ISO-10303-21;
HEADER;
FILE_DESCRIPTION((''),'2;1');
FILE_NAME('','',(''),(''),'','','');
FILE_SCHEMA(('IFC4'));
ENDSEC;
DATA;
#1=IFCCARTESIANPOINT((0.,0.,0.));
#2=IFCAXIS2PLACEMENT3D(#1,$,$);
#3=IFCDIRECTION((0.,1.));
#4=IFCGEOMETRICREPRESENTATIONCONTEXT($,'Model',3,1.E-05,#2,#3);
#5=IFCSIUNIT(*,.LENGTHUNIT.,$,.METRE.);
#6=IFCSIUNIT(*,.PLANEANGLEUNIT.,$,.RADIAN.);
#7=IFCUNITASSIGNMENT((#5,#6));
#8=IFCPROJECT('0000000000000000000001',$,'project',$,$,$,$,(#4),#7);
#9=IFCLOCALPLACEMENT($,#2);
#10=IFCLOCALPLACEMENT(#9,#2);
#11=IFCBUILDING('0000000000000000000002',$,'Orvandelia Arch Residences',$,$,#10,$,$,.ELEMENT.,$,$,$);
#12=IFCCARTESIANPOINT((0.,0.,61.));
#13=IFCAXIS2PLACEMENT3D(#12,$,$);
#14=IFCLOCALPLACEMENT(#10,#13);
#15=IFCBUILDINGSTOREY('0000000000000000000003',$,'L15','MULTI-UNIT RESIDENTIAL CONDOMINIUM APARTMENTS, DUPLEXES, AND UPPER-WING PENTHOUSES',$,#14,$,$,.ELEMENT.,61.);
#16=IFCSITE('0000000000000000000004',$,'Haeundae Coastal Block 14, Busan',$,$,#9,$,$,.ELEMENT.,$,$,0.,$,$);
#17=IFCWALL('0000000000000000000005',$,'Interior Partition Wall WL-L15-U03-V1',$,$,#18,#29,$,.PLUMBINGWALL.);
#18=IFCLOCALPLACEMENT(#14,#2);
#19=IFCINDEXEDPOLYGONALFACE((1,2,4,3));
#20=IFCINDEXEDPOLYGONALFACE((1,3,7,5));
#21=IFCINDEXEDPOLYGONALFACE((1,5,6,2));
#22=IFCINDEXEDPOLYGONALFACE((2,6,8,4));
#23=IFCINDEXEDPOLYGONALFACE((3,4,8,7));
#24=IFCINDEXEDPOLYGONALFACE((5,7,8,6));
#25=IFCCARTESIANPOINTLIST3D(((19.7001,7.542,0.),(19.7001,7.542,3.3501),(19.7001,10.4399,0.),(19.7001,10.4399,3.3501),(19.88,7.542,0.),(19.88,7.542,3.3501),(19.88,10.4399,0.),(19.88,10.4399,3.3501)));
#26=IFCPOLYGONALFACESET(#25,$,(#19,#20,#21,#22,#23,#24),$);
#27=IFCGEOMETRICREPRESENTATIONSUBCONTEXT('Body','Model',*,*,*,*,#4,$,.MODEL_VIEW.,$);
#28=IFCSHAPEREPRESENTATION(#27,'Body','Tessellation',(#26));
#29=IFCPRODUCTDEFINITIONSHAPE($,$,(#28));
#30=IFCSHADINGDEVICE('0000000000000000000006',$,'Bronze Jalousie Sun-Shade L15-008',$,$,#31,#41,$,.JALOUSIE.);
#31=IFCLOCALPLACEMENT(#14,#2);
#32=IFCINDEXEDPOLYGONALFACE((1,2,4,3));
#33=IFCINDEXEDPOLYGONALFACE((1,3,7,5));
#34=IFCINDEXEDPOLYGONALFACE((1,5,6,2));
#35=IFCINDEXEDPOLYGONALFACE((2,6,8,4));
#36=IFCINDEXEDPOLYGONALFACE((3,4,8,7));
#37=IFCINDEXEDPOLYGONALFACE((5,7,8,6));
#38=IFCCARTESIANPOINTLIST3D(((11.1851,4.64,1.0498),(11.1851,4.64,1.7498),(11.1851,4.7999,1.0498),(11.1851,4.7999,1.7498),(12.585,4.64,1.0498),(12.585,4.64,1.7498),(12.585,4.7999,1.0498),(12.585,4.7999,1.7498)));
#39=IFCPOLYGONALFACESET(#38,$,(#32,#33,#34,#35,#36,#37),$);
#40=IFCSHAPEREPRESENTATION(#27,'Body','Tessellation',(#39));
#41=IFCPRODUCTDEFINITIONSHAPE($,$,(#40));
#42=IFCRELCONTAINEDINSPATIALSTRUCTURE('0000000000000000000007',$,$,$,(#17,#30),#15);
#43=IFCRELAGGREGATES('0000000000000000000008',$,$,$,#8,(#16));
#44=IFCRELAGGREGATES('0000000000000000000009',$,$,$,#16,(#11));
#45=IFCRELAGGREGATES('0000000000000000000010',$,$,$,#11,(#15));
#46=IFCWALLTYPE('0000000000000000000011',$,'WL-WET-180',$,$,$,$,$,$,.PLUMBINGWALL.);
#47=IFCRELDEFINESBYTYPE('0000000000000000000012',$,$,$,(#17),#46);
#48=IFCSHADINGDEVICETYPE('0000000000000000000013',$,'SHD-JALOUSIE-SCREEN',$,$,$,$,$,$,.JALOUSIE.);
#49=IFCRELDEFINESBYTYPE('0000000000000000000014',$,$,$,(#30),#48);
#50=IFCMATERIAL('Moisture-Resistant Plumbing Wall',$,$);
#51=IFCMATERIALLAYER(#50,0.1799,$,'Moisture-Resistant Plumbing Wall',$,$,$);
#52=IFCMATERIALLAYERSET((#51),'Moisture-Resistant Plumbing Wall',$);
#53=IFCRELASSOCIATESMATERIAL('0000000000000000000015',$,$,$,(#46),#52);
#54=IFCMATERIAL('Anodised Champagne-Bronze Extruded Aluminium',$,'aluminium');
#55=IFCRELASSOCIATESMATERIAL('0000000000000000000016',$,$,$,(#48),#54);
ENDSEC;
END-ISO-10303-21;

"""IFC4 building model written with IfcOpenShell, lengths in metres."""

from ifc_helpers import new_model, si_unit, direction, frame, frame_2d, origin, origin_2d, place, context, subcontext, project, spatial, rectangle, extrude, material, layer, layer_set, type_object, element, save


model = new_model("IFC4")

# Units and contexts
model_context = context("Model", 3, precision=1e-05, world=origin(), true_north=direction((0.0, 1.0)))
body_context = subcontext(model_context, "Body", "Model", "MODEL_VIEW")
ifc_project = project(units=[si_unit("LENGTHUNIT", "METRE"), si_unit("PLANEANGLEUNIT", "RADIAN")], contexts=[model_context])

# Site, building, storey
site_placement = place(None, origin())
site = spatial("IfcSite", under=ifc_project, at=site_placement, Name="Haeundae Coastal Block 14, Busan", CompositionType="ELEMENT", RefElevation=0.0)
building_placement = place(site_placement, origin())
building = spatial("IfcBuilding", under=site, at=building_placement, Name="Orvandelia Arch Residences", CompositionType="ELEMENT")
storey_placement = place(building_placement, frame((0.0, 0.0, 61.0)))
storey = spatial("IfcBuildingStorey", under=building, at=storey_placement, Name="L15", Description="MULTI-UNIT RESIDENTIAL CONDOMINIUM APARTMENTS, DUPLEXES, AND UPPER-WING PENTHOUSES", CompositionType="ELEMENT", Elevation=61.0)

# Shared definitions
ifc_material_1 = material(Name="Moisture-Resistant Plumbing Wall")
ifc_layer_1 = layer(ifc_material_1, 0.1799, Name="Moisture-Resistant Plumbing Wall")
ifc_layer_set_1 = layer_set([ifc_layer_1], Name="Moisture-Resistant Plumbing Wall")
wall_type_1 = type_object("IfcWallType", Name="WL-WET-180", PredefinedType="PLUMBINGWALL", material=ifc_layer_set_1)

# Wall
wall_1_placement = place(storey_placement, frame((19.79, 7.542, 0.0), z_axis=(0.0, 0.0, 1.0), x_axis=(0.0, 1.0, 0.0)))
element("IfcWall", 1, at=wall_1_placement, inside=storey, type_object=wall_type_1, Name="Interior Partition Wall WL-L15-U03-V1", PredefinedType="PLUMBINGWALL", context=body_context, shape_type="SweptSolid", body=[
    extrude(rectangle(XDim=2.8979, YDim=0.1799, at=frame_2d((1.449, 0.0))), origin(), (0.0, 0.0, 1.0), 3.3501),
])

# Shading device
ifc_material_2 = material(Name="Anodised Champagne-Bronze Extruded Aluminium", Category="aluminium")
shading_device_type = type_object("IfcShadingDeviceType", Name="SHD-JALOUSIE-SCREEN", PredefinedType="JALOUSIE", material=ifc_material_2)
shading_device_placement = place(storey_placement, frame((11.885, 4.72, 1.0498), z_axis=(0.0, 0.0, 1.0), x_axis=(-1.0, 0.0, 0.0)))
element("IfcShadingDevice", 2, at=shading_device_placement, inside=storey, type_object=shading_device_type, Name="Bronze Jalousie Sun-Shade L15-008", PredefinedType="JALOUSIE", context=body_context, shape_type="SweptSolid", body=[
    extrude(rectangle(XDim=1.3999, YDim=0.1599, at=origin_2d()), origin(), (0.0, 0.0, 1.0), 0.7),
])

save(model, "model.ifc")
